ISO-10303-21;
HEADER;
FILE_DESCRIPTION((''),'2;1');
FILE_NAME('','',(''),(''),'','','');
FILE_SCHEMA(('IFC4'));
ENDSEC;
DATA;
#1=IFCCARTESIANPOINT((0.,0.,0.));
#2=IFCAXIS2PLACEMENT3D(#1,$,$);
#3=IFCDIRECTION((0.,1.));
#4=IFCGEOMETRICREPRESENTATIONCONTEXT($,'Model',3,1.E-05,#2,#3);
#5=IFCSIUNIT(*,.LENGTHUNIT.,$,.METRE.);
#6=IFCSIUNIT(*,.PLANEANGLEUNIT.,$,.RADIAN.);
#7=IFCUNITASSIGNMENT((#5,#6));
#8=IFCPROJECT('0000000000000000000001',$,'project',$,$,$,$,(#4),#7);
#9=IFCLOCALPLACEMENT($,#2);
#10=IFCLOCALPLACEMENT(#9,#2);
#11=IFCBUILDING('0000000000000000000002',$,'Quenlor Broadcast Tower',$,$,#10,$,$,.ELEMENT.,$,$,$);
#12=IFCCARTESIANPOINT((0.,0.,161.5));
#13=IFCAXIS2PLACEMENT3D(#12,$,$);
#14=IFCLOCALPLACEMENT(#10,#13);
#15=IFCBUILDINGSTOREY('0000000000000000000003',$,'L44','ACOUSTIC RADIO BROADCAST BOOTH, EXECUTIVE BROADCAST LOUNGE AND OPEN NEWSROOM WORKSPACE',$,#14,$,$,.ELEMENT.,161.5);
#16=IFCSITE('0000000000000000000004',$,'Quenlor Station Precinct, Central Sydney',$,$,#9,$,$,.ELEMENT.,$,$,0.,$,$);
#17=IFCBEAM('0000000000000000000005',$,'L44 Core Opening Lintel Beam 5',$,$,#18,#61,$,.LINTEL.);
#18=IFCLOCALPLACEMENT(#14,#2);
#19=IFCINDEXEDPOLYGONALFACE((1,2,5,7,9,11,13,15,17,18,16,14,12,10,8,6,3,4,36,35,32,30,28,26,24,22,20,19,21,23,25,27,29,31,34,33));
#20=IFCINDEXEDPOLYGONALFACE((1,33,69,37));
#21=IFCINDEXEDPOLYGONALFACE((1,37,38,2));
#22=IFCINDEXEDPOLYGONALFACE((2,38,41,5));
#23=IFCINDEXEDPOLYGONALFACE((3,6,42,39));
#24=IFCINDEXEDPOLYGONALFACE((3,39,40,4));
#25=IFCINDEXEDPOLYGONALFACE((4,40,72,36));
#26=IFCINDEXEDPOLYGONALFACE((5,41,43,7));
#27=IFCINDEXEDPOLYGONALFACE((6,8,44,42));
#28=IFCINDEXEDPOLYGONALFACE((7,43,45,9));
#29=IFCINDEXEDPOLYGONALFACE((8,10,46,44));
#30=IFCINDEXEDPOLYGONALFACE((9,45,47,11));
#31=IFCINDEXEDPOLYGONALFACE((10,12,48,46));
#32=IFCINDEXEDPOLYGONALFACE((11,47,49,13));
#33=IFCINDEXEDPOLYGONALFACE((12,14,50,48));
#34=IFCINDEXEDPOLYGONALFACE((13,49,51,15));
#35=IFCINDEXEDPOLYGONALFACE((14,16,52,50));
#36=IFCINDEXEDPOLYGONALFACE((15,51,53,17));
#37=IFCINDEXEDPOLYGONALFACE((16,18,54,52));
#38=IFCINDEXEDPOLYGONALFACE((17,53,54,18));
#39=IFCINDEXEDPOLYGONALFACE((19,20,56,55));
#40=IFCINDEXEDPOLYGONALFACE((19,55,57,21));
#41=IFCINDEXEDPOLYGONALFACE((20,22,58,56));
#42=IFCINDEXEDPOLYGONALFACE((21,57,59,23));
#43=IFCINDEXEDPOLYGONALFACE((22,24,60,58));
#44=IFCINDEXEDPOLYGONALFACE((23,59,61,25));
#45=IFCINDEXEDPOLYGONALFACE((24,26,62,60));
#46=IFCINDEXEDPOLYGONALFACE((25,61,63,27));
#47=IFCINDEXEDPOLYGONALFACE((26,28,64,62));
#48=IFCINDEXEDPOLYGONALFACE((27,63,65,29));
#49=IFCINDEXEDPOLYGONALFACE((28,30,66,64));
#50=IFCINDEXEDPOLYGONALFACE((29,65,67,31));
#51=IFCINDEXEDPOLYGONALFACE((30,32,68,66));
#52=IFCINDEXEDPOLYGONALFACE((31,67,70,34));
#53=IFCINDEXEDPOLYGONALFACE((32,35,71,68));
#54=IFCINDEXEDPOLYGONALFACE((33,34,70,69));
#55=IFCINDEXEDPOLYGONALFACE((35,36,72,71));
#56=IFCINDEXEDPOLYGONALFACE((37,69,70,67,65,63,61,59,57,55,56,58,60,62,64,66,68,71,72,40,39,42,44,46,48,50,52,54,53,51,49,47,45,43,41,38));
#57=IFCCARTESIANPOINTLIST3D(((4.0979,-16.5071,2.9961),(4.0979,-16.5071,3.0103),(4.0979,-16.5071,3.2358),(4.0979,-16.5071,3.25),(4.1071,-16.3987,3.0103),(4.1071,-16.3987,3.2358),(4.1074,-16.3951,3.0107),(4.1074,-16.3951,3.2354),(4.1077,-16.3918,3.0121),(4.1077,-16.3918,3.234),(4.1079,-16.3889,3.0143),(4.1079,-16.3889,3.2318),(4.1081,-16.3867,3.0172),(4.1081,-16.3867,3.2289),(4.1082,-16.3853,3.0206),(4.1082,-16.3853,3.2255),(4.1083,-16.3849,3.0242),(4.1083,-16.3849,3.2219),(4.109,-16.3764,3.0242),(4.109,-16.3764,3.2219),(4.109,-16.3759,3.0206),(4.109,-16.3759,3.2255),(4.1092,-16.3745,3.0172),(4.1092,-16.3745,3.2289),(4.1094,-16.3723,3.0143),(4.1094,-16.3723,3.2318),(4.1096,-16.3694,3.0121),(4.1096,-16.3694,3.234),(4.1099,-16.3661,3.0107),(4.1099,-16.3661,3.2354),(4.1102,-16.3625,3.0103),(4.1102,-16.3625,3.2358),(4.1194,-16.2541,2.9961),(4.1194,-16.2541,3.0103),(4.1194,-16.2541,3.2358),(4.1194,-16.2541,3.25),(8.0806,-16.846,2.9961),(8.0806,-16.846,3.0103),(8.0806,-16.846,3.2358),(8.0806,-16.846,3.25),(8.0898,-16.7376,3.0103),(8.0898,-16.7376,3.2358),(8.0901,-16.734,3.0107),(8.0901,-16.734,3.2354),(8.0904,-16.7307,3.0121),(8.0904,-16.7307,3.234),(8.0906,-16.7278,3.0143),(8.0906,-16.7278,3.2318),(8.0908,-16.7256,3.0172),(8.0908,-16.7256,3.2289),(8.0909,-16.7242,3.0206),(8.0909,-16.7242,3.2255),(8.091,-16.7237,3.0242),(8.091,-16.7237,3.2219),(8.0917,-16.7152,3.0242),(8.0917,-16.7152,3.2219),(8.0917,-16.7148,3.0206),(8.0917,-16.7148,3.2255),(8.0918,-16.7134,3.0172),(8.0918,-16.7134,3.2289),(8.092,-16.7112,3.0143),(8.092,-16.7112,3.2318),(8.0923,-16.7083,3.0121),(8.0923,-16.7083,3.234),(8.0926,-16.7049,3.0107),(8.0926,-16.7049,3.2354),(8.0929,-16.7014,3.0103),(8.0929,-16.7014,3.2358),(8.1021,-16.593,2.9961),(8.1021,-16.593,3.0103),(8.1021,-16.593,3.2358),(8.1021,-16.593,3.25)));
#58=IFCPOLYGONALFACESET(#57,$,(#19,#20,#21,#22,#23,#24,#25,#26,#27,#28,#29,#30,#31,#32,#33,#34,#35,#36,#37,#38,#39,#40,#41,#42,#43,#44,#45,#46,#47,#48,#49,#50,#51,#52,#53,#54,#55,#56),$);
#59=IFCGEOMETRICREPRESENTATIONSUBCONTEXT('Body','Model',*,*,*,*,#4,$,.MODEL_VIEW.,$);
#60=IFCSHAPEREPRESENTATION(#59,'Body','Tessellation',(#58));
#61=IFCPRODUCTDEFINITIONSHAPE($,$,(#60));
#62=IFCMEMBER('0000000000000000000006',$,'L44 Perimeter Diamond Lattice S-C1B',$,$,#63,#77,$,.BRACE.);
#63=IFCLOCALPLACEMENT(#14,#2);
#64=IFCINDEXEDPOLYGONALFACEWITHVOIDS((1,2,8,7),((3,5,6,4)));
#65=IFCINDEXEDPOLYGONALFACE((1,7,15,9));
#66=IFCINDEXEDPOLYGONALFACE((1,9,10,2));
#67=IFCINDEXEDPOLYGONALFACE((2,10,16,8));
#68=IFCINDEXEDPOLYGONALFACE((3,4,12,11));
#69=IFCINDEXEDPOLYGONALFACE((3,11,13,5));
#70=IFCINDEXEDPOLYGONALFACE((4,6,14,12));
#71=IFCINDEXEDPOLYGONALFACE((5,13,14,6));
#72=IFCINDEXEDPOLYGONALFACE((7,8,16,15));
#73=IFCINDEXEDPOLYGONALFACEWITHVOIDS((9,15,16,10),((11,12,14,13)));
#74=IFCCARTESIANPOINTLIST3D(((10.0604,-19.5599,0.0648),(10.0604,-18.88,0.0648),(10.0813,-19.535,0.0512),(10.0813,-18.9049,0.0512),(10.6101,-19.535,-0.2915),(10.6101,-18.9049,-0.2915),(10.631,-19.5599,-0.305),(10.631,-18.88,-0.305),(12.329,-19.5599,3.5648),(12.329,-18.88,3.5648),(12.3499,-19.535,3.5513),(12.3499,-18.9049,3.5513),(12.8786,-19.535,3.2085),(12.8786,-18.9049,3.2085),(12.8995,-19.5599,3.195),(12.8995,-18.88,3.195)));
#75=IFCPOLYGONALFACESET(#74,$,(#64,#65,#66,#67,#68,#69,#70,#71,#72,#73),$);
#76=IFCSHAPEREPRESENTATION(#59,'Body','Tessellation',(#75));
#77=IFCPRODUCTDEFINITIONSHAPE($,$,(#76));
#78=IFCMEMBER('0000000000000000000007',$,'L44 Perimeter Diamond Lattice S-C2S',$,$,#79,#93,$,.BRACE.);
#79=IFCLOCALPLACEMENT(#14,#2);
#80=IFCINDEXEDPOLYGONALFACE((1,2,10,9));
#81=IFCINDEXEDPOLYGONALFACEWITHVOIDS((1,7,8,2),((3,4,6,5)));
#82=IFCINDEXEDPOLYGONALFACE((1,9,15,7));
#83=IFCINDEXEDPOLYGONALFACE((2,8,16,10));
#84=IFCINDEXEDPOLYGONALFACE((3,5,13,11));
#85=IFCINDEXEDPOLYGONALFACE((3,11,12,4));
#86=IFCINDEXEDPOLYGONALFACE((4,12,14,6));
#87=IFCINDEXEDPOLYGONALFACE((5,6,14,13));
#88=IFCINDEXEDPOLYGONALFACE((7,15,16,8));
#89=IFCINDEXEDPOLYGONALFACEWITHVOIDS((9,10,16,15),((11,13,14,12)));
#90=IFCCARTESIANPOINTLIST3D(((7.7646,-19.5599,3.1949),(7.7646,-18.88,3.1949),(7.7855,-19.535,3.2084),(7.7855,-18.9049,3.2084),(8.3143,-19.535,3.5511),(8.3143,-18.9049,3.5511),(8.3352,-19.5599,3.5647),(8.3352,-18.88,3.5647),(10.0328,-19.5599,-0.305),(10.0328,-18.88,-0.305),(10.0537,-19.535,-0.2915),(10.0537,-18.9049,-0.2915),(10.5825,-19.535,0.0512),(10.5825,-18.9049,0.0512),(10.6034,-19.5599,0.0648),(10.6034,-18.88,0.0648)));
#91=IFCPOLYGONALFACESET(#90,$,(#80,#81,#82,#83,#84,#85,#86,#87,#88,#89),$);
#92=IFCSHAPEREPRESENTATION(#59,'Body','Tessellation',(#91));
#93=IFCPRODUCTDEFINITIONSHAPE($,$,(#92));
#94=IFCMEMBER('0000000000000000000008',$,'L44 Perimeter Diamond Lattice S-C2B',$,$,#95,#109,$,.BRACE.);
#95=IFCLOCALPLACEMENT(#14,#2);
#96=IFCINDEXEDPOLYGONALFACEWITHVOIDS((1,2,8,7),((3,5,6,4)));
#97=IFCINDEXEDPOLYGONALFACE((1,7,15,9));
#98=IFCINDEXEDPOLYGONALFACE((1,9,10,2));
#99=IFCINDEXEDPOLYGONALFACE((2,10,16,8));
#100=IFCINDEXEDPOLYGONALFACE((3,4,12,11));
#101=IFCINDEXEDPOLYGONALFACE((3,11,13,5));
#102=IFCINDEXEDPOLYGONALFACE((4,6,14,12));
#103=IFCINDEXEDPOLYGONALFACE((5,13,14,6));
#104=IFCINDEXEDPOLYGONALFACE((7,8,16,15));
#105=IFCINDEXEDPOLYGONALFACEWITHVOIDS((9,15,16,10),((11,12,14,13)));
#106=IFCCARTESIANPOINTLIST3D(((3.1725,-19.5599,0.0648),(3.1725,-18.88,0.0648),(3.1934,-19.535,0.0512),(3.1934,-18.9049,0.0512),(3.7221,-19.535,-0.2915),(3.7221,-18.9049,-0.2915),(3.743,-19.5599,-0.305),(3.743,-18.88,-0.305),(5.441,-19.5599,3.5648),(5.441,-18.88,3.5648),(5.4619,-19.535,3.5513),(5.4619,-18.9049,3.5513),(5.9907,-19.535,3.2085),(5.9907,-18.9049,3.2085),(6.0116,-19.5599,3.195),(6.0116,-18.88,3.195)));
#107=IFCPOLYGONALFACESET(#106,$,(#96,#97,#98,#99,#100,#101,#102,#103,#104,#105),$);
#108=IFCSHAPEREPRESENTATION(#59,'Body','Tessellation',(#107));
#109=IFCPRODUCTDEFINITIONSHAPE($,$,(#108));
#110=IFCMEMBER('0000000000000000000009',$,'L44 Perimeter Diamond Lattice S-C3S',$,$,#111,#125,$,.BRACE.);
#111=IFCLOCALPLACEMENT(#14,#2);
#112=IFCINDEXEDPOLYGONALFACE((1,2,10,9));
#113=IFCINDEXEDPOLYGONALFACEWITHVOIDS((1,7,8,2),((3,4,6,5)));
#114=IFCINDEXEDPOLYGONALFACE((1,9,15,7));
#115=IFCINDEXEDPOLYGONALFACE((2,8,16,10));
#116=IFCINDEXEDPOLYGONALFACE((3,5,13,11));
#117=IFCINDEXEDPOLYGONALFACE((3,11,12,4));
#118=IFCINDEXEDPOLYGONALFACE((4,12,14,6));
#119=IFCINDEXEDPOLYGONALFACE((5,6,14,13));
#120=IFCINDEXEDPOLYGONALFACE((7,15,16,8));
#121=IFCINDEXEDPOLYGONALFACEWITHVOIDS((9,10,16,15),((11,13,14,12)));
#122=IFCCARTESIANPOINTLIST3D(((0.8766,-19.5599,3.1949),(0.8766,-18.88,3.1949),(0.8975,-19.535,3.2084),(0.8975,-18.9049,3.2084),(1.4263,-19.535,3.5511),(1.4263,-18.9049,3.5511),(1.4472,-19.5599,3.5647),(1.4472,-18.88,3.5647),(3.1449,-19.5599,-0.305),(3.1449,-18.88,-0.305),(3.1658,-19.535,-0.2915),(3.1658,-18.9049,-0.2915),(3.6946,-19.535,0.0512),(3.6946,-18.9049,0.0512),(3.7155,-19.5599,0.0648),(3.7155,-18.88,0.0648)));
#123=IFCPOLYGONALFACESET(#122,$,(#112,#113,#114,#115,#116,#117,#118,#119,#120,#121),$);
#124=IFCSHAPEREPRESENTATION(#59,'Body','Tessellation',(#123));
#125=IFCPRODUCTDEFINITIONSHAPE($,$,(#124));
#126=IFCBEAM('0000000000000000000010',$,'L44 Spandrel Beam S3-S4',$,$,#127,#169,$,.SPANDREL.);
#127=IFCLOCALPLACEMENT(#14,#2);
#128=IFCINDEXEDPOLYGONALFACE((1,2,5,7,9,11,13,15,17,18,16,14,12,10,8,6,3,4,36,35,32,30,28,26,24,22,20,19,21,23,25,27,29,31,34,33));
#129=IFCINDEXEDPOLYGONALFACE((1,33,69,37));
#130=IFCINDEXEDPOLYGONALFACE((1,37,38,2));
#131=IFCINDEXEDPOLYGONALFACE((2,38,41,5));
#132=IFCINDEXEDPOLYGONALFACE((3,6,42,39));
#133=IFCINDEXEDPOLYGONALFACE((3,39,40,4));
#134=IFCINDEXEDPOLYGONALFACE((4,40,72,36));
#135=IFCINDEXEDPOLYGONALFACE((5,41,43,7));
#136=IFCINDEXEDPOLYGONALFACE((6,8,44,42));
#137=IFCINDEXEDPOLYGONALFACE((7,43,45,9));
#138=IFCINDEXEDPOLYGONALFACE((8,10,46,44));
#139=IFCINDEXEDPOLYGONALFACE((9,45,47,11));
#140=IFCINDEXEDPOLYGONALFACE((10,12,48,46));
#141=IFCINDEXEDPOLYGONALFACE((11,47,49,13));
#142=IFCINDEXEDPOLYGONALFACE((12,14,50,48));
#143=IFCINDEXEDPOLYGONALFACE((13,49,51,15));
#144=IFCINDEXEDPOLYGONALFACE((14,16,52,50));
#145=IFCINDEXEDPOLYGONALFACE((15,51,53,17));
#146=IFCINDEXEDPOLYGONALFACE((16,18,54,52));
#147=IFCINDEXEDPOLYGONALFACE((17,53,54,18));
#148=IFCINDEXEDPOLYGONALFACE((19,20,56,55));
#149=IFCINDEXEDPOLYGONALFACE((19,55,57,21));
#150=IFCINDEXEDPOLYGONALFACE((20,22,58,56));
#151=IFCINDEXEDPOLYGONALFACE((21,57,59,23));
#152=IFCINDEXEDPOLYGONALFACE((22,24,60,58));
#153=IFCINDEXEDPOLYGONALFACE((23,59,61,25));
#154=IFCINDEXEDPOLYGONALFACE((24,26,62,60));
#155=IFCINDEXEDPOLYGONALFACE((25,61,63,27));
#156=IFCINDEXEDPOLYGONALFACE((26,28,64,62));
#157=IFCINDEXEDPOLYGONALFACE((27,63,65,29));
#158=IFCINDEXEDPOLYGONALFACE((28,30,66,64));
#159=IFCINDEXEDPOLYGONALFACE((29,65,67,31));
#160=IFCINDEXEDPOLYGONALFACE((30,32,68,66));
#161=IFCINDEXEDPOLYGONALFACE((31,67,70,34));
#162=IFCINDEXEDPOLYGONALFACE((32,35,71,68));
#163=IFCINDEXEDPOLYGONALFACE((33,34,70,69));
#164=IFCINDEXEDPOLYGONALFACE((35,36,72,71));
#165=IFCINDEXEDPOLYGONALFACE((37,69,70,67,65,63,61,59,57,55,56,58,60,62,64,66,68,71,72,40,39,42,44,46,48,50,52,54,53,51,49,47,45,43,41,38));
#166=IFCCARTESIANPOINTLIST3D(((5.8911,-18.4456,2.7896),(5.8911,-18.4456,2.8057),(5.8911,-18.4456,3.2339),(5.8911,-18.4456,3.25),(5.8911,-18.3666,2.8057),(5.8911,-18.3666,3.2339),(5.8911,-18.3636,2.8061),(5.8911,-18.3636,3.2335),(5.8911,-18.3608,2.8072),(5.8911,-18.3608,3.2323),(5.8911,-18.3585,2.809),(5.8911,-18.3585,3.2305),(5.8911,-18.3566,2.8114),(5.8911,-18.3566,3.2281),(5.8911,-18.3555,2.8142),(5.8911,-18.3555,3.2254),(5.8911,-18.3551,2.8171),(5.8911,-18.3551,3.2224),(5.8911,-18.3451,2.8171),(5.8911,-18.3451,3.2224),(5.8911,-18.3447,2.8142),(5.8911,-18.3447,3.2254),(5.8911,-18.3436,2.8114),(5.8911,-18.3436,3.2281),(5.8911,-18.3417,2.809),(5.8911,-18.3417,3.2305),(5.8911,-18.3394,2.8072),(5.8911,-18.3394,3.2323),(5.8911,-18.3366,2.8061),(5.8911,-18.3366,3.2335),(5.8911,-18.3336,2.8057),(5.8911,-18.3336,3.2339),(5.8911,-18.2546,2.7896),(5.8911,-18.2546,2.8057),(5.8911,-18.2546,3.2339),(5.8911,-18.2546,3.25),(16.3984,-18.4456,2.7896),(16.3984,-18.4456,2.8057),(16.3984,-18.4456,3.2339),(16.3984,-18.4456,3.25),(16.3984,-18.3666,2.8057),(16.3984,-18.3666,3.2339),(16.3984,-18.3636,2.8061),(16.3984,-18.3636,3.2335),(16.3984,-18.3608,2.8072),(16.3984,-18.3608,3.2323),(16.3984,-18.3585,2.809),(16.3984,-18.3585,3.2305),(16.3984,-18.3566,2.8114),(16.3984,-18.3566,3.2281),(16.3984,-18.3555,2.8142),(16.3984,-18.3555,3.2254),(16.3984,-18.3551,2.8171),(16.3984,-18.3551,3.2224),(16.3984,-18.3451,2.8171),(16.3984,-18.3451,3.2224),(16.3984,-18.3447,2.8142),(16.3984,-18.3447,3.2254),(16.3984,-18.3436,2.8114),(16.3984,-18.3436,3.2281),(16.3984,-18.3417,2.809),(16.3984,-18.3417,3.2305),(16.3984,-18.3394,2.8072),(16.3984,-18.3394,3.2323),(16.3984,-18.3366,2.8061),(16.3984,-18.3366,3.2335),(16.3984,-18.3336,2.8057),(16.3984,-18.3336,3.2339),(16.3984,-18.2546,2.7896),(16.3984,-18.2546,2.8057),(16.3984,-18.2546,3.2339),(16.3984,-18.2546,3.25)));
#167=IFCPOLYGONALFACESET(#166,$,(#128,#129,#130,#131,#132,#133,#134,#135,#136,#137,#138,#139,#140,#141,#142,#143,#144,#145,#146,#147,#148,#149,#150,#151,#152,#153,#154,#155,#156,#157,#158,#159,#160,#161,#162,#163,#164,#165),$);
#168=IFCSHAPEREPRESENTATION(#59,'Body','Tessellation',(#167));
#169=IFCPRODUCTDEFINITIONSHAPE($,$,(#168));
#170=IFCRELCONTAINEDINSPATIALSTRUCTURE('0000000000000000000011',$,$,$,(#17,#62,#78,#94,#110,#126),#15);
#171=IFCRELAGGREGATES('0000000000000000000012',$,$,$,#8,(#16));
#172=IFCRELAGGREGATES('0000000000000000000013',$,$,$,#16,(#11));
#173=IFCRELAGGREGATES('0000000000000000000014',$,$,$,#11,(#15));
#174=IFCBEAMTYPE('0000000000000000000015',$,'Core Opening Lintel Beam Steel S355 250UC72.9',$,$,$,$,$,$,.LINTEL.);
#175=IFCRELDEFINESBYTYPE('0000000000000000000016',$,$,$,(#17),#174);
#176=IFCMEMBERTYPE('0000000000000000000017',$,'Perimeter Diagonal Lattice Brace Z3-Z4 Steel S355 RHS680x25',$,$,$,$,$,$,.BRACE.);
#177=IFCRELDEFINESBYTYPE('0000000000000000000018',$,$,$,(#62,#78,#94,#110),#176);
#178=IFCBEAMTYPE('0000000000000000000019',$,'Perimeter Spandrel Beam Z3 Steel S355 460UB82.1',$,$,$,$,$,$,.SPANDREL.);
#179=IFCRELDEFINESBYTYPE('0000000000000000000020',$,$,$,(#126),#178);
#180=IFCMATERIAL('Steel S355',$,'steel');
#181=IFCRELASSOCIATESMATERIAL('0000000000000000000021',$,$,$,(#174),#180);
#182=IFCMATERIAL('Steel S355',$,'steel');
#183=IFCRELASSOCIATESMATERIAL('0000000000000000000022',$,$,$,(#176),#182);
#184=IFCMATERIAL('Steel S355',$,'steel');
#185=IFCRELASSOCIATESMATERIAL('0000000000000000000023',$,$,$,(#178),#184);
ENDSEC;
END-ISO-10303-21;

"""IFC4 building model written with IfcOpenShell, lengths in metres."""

from ifc_helpers import new_model, si_unit, direction, frame, origin, origin_2d, place, context, subcontext, project, spatial, hollow_rectangle, i_section, extrude, material, material_profile, profile_set, type_object, element, save


model = new_model("IFC4")

# Units and contexts
model_context = context("Model", 3, precision=1e-05, world=origin(), true_north=direction((0.0, 1.0)))
body_context = subcontext(model_context, "Body", "Model", "MODEL_VIEW")
ifc_project = project(units=[si_unit("LENGTHUNIT", "METRE"), si_unit("PLANEANGLEUNIT", "RADIAN")], contexts=[model_context])

# Site, building, storey
site_placement = place(None, origin())
site = spatial("IfcSite", under=ifc_project, at=site_placement, Name="Quenlor Station Precinct, Central Sydney", CompositionType="ELEMENT", RefElevation=0.0)
building_placement = place(site_placement, origin())
building = spatial("IfcBuilding", under=site, at=building_placement, Name="Quenlor Broadcast Tower", CompositionType="ELEMENT")
storey_placement = place(building_placement, frame((0.0, 0.0, 161.5)))
storey = spatial("IfcBuildingStorey", under=building, at=storey_placement, Name="L44", Description="ACOUSTIC RADIO BROADCAST BOOTH, EXECUTIVE BROADCAST LOUNGE AND OPEN NEWSROOM WORKSPACE", CompositionType="ELEMENT", Elevation=161.5)

# Beam
ifc_material_1 = material(Name="Steel S355", Category="steel")
ifc_material_profile_1 = material_profile(ifc_material_1, i_section(OverallWidth=0.2539, OverallDepth=0.2539, WebThickness=0.0085, FlangeThickness=0.0142, FilletRadius=0.0139, at=origin_2d()))
ifc_profile_set_1 = profile_set([ifc_material_profile_1], Name="Steel S355 250UC72.9")
beam_type_1 = type_object("IfcBeamType", Name="Core Opening Lintel Beam Steel S355 250UC72.9", PredefinedType="LINTEL", material=ifc_profile_set_1)
beam_1_placement = place(storey_placement, frame((4.1086, -16.3806, 3.123), z_axis=(0.9964, -0.084779, 0.0), x_axis=(0.084779, 0.9964, 0.0)))
element("IfcBeam", 1, at=beam_1_placement, inside=storey, type_object=beam_type_1, Name="L44 Core Opening Lintel Beam 5", PredefinedType="LINTEL", context=body_context, shape_type="SweptSolid", body=[
    extrude(i_section(OverallWidth=0.2539, OverallDepth=0.2539, WebThickness=0.0085, FlangeThickness=0.0142, FilletRadius=0.0139, at=origin_2d()), origin(), (0.0, 0.0, 1.0), 3.9971),
])

# Members
ifc_material_2 = material(Name="Steel S355", Category="steel")
ifc_material_profile_2 = material_profile(ifc_material_2, hollow_rectangle(XDim=0.6799, YDim=0.6799, WallThickness=0.0249, at=origin_2d()))
ifc_profile_set_2 = profile_set([ifc_material_profile_2], Name="Steel S355 RHS680x680x25")
member_type_1 = type_object("IfcMemberType", Name="Perimeter Diagonal Lattice Brace Z3-Z4 Steel S355 RHS680x25", PredefinedType="BRACE", material=ifc_profile_set_2)
member_1_placement = place(storey_placement, frame((10.3457, -19.22, -0.1201), z_axis=(0.543902, 0.0, 0.839149), x_axis=(0.0, 1.0, 0.0)))
element("IfcMember", 2, at=member_1_placement, inside=storey, type_object=member_type_1, Name="L44 Perimeter Diamond Lattice S-C1B", PredefinedType="BRACE", context=body_context, shape_type="SweptSolid", body=[
    extrude(hollow_rectangle(XDim=0.6799, YDim=0.6799, WallThickness=0.0249, at=origin_2d()), origin(), (0.0, 0.0, 1.0), 4.1709),
])
member_2_placement = place(storey_placement, frame((10.3181, -19.22, -0.1201), z_axis=(-0.54386, 0.0, 0.839176), x_axis=(0.0, -1.0, 0.0)))
element("IfcMember", 3, at=member_2_placement, inside=storey, type_object=member_type_1, Name="L44 Perimeter Diamond Lattice S-C2S", PredefinedType="BRACE", context=body_context, shape_type="SweptSolid", body=[
    extrude(hollow_rectangle(XDim=0.6799, YDim=0.6799, WallThickness=0.0249, at=origin_2d()), origin(), (0.0, 0.0, 1.0), 4.1707),
])
member_3_placement = place(storey_placement, frame((3.4578, -19.22, -0.1201), z_axis=(0.543902, 0.0, 0.839149), x_axis=(0.0, 1.0, 0.0)))
element("IfcMember", 4, at=member_3_placement, inside=storey, type_object=member_type_1, Name="L44 Perimeter Diamond Lattice S-C2B", PredefinedType="BRACE", context=body_context, shape_type="SweptSolid", body=[
    extrude(hollow_rectangle(XDim=0.6799, YDim=0.6799, WallThickness=0.0249, at=origin_2d()), origin(), (0.0, 0.0, 1.0), 4.1709),
])
member_4_placement = place(storey_placement, frame((3.4302, -19.22, -0.1201), z_axis=(-0.54386, 0.0, 0.839176), x_axis=(0.0, -1.0, 0.0)))
element("IfcMember", 5, at=member_4_placement, inside=storey, type_object=member_type_1, Name="L44 Perimeter Diamond Lattice S-C3S", PredefinedType="BRACE", context=body_context, shape_type="SweptSolid", body=[
    extrude(hollow_rectangle(XDim=0.6799, YDim=0.6799, WallThickness=0.0249, at=origin_2d()), origin(), (0.0, 0.0, 1.0), 4.1707),
])

# Beam
ifc_material_3 = material(Name="Steel S355", Category="steel")
ifc_material_profile_3 = material_profile(ifc_material_3, i_section(OverallWidth=0.1909, OverallDepth=0.4604, WebThickness=0.01, FlangeThickness=0.0161, FilletRadius=0.0115, at=origin_2d()))
ifc_profile_set_3 = profile_set([ifc_material_profile_3], Name="Steel S355 460UB82.1")
beam_type_2 = type_object("IfcBeamType", Name="Perimeter Spandrel Beam Z3 Steel S355 460UB82.1", PredefinedType="SPANDREL", material=ifc_profile_set_3)
beam_2_placement = place(storey_placement, frame((5.8911, -18.3501, 3.0198), z_axis=(1.0, 0.0, 0.0), x_axis=(0.0, 1.0, 0.0)))
element("IfcBeam", 6, at=beam_2_placement, inside=storey, type_object=beam_type_2, Name="L44 Spandrel Beam S3-S4", PredefinedType="SPANDREL", context=body_context, shape_type="SweptSolid", body=[
    extrude(i_section(OverallWidth=0.1909, OverallDepth=0.4604, WebThickness=0.01, FlangeThickness=0.0161, FilletRadius=0.0115, at=origin_2d()), origin(), (0.0, 0.0, 1.0), 10.5073),
])

save(model, "model.ifc")
